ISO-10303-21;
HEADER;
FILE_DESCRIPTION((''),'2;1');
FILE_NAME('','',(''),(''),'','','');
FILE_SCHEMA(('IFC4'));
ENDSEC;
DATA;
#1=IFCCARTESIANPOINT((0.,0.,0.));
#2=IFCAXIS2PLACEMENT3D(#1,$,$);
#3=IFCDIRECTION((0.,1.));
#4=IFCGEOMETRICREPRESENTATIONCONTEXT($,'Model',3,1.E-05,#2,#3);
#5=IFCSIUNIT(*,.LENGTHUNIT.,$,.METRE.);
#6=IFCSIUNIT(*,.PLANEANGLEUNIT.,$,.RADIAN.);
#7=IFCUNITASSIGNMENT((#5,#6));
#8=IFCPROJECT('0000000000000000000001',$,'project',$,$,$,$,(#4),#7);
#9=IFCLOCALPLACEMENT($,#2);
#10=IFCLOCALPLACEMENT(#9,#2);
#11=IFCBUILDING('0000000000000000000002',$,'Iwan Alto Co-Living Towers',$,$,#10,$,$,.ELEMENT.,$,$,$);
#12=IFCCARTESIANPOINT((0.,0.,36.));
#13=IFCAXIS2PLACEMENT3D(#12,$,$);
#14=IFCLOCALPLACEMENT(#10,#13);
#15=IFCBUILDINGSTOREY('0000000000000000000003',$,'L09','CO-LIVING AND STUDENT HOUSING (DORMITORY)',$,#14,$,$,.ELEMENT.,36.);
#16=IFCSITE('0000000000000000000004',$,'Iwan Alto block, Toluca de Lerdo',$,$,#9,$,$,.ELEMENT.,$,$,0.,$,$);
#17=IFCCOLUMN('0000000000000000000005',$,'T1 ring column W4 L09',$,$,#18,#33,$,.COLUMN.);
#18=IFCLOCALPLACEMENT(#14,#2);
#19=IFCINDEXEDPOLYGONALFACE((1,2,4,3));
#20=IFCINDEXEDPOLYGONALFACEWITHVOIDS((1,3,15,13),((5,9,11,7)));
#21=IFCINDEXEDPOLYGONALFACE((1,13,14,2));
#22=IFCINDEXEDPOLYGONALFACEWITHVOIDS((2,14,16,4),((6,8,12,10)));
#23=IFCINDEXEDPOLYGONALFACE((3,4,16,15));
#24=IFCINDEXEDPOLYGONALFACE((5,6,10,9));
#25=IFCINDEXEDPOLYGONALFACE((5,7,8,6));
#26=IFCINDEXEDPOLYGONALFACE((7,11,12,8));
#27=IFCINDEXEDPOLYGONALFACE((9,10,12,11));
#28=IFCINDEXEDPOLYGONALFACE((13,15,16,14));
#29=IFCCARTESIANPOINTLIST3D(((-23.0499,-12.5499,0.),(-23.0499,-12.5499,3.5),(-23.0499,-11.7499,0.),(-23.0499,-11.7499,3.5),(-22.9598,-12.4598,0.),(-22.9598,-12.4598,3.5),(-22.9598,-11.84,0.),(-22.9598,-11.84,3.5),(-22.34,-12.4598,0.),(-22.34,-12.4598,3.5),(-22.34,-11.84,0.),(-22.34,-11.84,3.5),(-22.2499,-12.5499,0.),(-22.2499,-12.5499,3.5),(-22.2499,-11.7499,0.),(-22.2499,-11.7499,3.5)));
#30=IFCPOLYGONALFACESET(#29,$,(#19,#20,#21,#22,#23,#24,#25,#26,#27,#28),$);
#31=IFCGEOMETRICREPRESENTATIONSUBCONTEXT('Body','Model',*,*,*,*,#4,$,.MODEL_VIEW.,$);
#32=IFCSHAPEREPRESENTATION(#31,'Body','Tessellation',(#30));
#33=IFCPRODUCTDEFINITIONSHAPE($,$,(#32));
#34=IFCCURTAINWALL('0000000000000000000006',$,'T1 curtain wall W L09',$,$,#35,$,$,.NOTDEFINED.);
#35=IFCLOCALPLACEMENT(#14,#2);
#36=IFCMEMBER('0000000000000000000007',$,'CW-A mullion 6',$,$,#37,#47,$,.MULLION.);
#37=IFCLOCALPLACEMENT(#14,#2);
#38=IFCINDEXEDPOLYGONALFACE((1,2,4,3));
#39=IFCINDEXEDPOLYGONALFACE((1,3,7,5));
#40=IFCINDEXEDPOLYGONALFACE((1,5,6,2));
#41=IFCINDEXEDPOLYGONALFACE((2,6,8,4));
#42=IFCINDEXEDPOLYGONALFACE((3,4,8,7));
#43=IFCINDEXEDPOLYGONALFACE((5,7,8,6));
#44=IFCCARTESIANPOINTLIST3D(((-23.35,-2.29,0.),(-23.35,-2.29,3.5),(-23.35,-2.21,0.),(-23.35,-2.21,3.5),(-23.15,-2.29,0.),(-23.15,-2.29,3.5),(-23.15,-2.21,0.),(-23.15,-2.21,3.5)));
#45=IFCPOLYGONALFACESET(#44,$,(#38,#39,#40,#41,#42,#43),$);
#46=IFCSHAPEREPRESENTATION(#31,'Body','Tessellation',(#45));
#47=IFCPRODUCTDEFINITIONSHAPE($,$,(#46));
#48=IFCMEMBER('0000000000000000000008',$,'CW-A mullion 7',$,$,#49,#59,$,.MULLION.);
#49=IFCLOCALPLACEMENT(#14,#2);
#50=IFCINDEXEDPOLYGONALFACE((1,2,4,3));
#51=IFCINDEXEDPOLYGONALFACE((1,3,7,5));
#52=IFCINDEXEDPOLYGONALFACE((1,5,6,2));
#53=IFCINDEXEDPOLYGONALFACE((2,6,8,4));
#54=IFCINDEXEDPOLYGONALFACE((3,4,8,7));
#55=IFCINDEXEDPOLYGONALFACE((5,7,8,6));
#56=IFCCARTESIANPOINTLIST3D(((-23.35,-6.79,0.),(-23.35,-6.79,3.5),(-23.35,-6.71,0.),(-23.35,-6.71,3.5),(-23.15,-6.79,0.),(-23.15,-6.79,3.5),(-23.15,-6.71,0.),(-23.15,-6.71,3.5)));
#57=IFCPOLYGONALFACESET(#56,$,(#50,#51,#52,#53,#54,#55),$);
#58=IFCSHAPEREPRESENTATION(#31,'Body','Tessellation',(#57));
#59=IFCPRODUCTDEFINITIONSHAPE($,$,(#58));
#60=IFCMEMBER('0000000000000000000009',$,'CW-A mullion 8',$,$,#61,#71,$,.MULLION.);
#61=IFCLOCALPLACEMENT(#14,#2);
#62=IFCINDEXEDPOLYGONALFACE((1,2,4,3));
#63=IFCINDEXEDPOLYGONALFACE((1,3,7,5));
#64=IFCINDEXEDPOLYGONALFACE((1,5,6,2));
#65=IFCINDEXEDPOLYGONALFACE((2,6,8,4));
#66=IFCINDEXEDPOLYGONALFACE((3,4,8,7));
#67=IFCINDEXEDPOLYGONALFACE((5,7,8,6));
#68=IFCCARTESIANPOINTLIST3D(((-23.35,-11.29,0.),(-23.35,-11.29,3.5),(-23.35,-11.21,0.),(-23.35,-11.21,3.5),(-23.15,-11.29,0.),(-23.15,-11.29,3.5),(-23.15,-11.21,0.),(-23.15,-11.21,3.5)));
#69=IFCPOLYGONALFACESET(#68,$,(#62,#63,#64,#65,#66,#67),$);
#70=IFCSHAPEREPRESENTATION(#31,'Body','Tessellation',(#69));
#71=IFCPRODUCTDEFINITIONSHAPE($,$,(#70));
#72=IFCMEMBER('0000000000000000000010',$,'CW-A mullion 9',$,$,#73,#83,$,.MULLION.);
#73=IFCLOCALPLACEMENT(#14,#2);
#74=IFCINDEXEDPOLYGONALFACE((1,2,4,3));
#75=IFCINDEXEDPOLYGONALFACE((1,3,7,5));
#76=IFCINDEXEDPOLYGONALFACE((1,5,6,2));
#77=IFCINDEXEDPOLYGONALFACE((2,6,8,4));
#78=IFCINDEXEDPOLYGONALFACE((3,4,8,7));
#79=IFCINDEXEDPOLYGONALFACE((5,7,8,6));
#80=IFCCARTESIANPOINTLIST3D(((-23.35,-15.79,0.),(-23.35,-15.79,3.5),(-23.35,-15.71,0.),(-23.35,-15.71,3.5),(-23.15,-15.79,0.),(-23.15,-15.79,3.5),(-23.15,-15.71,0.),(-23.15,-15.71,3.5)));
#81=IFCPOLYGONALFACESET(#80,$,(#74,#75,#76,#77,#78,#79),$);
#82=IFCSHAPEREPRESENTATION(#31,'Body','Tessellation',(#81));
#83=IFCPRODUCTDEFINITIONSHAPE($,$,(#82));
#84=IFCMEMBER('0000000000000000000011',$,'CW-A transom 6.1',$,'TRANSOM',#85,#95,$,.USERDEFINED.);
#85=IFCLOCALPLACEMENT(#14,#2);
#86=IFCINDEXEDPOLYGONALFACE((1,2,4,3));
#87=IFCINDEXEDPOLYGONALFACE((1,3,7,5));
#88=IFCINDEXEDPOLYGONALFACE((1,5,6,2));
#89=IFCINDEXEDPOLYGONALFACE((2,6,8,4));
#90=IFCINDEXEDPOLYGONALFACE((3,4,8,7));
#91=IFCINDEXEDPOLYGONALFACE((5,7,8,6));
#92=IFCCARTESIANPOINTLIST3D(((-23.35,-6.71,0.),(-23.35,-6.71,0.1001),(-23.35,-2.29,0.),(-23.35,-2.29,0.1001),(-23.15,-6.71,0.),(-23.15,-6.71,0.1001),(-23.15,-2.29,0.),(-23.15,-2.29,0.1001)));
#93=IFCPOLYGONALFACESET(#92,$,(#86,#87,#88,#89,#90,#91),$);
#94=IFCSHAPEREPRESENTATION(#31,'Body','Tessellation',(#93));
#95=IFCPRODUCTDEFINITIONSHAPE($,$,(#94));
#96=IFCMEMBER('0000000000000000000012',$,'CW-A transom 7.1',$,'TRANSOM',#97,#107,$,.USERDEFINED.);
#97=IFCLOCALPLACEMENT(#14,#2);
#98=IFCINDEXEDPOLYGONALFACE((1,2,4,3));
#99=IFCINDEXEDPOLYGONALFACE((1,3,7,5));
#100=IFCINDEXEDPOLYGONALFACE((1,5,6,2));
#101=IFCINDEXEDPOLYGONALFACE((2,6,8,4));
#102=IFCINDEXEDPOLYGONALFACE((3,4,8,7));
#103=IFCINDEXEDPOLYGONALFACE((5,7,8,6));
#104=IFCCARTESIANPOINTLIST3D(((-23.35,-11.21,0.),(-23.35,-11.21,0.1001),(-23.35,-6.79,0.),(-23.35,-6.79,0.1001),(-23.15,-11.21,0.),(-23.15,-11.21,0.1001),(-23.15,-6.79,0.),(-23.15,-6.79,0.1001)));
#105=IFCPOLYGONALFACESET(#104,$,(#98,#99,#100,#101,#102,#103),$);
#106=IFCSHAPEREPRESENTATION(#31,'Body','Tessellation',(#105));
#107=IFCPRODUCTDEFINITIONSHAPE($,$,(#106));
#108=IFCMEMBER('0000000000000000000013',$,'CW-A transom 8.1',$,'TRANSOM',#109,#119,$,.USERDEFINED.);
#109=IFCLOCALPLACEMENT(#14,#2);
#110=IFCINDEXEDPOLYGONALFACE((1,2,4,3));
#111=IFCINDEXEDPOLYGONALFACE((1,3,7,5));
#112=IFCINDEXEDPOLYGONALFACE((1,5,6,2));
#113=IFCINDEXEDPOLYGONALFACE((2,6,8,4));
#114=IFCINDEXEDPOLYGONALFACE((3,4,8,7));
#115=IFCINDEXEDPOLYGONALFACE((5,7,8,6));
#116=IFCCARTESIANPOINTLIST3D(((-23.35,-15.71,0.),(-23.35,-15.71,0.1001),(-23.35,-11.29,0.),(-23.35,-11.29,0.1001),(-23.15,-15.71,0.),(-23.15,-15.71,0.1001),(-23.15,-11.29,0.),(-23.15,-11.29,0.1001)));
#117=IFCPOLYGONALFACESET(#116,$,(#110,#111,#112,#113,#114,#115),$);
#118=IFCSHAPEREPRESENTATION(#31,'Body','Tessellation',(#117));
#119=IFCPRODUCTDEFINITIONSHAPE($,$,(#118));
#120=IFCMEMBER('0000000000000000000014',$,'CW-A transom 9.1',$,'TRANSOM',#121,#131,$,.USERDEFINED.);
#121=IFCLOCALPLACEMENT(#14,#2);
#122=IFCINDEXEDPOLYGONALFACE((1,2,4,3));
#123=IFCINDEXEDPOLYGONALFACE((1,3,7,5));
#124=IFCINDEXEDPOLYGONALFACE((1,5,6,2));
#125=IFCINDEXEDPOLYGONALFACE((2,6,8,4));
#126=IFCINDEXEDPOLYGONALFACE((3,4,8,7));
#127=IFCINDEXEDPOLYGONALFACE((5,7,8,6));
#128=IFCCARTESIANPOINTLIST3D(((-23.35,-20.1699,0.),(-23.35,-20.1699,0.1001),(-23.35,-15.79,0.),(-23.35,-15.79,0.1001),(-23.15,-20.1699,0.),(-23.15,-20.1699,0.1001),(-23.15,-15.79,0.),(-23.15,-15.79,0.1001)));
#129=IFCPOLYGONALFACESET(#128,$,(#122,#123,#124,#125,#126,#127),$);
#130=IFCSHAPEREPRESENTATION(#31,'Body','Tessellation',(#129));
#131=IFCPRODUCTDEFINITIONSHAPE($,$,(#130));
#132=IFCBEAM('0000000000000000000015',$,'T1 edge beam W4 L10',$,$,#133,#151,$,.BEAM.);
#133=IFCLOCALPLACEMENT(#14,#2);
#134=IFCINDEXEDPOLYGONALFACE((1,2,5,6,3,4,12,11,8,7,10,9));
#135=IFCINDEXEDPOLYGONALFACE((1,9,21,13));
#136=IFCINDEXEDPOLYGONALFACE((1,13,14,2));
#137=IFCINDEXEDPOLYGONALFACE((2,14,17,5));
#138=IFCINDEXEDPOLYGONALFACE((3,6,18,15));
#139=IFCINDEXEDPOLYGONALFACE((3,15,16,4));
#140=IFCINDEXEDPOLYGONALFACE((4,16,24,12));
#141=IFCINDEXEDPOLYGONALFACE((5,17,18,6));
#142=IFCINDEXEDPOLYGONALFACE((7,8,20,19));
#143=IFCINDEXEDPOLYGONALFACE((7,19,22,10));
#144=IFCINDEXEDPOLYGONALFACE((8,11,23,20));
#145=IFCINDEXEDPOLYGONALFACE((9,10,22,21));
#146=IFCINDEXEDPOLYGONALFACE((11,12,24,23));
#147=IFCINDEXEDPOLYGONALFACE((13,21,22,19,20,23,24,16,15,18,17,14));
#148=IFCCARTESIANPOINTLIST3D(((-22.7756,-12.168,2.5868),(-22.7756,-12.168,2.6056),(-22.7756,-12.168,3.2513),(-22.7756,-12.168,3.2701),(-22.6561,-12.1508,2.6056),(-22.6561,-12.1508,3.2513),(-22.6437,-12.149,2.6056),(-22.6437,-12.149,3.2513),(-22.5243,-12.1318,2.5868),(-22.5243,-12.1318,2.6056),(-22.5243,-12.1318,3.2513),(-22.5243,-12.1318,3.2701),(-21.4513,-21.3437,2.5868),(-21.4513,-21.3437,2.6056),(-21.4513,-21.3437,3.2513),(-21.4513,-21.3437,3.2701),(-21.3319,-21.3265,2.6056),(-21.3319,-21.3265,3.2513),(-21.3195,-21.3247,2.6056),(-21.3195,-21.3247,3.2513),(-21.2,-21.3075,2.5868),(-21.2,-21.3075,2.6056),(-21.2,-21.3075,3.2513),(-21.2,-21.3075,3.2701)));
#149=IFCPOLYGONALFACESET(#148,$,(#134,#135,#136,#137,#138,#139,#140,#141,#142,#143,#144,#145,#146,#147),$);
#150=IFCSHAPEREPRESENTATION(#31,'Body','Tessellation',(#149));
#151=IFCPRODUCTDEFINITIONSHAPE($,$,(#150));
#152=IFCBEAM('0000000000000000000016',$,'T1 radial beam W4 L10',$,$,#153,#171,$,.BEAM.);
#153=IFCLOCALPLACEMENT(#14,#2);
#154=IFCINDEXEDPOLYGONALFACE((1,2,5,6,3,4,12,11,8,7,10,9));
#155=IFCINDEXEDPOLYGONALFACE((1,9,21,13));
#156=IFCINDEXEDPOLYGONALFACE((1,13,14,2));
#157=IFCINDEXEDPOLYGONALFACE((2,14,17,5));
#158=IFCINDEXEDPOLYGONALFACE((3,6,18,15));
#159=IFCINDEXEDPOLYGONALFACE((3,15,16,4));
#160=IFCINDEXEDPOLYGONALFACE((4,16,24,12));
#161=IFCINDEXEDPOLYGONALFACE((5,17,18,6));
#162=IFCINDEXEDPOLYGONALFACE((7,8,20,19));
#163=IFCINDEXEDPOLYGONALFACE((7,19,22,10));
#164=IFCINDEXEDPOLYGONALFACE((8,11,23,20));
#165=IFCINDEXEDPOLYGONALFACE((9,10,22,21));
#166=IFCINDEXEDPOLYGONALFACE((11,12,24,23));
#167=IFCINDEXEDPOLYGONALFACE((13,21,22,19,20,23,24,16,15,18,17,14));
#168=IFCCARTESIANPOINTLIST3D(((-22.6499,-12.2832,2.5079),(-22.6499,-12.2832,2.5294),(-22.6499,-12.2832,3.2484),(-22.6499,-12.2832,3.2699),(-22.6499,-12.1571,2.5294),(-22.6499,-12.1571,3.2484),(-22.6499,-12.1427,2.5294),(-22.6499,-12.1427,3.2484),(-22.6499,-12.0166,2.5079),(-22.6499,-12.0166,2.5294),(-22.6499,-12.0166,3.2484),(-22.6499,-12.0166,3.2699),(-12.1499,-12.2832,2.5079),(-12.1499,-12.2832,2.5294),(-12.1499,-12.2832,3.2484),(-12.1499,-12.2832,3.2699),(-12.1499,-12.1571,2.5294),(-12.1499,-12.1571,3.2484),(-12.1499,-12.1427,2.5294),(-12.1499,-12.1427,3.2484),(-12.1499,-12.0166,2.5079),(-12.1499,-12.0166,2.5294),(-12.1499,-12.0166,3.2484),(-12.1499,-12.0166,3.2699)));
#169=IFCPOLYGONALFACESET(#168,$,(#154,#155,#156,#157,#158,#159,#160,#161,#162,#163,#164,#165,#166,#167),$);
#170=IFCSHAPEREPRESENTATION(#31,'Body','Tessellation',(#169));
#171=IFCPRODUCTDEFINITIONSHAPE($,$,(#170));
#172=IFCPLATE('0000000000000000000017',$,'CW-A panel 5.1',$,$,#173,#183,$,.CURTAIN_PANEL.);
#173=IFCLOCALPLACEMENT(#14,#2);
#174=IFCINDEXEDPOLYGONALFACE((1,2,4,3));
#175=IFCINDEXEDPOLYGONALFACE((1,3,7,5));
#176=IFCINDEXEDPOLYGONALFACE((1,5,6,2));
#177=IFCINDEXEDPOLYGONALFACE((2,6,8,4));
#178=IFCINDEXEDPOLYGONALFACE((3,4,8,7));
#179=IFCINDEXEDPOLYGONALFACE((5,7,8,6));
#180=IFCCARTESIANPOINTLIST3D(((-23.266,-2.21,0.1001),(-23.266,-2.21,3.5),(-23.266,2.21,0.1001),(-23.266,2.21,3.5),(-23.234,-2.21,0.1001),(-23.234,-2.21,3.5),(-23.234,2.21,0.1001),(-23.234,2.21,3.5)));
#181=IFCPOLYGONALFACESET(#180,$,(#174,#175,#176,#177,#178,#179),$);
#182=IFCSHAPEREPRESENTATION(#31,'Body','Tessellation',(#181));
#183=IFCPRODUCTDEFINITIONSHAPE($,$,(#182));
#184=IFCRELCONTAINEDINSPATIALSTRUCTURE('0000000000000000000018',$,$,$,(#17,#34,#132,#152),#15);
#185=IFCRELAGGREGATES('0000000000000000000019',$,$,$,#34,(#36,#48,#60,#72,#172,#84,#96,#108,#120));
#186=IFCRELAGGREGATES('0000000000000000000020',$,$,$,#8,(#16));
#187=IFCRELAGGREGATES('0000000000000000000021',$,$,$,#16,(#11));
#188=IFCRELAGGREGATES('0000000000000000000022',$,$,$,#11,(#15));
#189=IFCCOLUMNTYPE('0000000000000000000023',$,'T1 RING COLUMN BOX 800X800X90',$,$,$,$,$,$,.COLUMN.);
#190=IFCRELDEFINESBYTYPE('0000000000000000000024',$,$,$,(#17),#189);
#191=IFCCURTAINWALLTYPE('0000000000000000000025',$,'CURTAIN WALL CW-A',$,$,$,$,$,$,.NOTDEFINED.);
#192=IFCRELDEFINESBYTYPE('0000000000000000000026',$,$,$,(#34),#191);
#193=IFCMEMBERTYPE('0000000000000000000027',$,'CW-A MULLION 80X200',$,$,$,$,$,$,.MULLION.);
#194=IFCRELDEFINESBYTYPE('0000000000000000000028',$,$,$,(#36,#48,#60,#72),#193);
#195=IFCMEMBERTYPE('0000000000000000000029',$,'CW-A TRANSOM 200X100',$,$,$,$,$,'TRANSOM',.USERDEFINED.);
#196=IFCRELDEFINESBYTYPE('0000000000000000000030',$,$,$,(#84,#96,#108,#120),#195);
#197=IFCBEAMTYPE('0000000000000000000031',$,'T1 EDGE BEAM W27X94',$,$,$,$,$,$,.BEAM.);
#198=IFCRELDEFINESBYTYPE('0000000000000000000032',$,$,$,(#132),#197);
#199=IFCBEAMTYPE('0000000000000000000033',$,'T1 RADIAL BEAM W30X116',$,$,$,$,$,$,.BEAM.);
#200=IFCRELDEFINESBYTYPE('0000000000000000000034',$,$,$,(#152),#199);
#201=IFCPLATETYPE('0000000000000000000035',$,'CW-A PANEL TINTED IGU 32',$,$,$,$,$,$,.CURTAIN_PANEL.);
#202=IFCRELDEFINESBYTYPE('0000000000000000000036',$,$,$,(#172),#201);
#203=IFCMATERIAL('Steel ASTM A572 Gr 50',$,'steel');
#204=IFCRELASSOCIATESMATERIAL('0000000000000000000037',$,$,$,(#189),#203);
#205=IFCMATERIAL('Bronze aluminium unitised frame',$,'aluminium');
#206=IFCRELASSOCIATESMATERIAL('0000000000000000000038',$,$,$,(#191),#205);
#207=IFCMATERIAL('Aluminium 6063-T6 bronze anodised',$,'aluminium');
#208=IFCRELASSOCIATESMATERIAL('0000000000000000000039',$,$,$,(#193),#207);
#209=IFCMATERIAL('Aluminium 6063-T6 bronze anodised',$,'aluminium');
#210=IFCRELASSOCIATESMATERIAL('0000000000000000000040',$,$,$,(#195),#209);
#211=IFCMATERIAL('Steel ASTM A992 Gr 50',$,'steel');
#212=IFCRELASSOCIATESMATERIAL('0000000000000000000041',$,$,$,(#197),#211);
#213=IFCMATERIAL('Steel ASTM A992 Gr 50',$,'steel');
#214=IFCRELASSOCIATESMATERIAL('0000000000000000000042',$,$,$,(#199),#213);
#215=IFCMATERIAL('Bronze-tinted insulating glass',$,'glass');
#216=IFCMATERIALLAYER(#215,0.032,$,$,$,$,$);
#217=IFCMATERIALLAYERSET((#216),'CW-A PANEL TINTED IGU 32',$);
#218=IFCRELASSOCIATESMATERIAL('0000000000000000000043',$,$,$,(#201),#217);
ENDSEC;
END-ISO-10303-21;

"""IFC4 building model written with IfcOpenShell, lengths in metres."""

from ifc_helpers import new_model, si_unit, direction, frame, origin, origin_2d, place, context, subcontext, project, spatial, rectangle, hollow_rectangle, i_section, extrude, material, layer, layer_set, material_profile, profile_set, type_object, element, aggregate, save


model = new_model("IFC4")

# Units and contexts
model_context = context("Model", 3, precision=1e-05, world=origin(), true_north=direction((0.0, 1.0)))
body_context = subcontext(model_context, "Body", "Model", "MODEL_VIEW")
ifc_project = project(units=[si_unit("LENGTHUNIT", "METRE"), si_unit("PLANEANGLEUNIT", "RADIAN")], contexts=[model_context])

# Site, building, storey
site_placement = place(None, origin())
site = spatial("IfcSite", under=ifc_project, at=site_placement, Name="Iwan Alto block, Toluca de Lerdo", CompositionType="ELEMENT", RefElevation=0.0)
building_placement = place(site_placement, origin())
building = spatial("IfcBuilding", under=site, at=building_placement, Name="Iwan Alto Co-Living Towers", CompositionType="ELEMENT")
storey_placement = place(building_placement, frame((0.0, 0.0, 36.0)))
storey = spatial("IfcBuildingStorey", under=building, at=storey_placement, Name="L09", Description="CO-LIVING AND STUDENT HOUSING (DORMITORY)", CompositionType="ELEMENT", Elevation=36.0)

# Column
ifc_material_1 = material(Name="Steel ASTM A572 Gr 50", Category="steel")
ifc_material_profile_1 = material_profile(ifc_material_1, hollow_rectangle(XDim=0.8, YDim=0.8, WallThickness=0.0901, at=origin_2d()), Name="BOX 800X800X90")
ifc_profile_set_1 = profile_set([ifc_material_profile_1], Name="Steel ASTM A572 Gr 50")
column_type = type_object("IfcColumnType", Name="T1 RING COLUMN BOX 800X800X90", PredefinedType="COLUMN", material=ifc_profile_set_1)
column_placement = place(storey_placement, frame((-22.6499, -12.1499, 0.0), z_axis=(0.0, 0.0, 1.0), x_axis=(1.0, 0.0, 0.0)))
element("IfcColumn", 1, at=column_placement, inside=storey, type_object=column_type, Name="T1 ring column W4 L09", PredefinedType="COLUMN", context=body_context, shape_type="SweptSolid", body=[
    extrude(hollow_rectangle(XDim=0.8, YDim=0.8, WallThickness=0.0901, at=origin_2d()), origin(), (0.0, 0.0, 1.0), 3.5),
])

# Curtain wall, members
ifc_material_2 = material(Name="Bronze aluminium unitised frame", Category="aluminium")
curtain_wall_type = type_object("IfcCurtainWallType", Name="CURTAIN WALL CW-A", PredefinedType="NOTDEFINED", material=ifc_material_2)
curtain_wall_placement = place(storey_placement, origin())
curtain_wall = element("IfcCurtainWall", 2, at=curtain_wall_placement, inside=storey, type_object=curtain_wall_type, Name="T1 curtain wall W L09", PredefinedType="NOTDEFINED")
ifc_material_3 = material(Name="Aluminium 6063-T6 bronze anodised", Category="aluminium")
ifc_material_profile_2 = material_profile(ifc_material_3, rectangle(XDim=0.2, YDim=0.0801, at=origin_2d()), Name="AL 80X200")
ifc_profile_set_2 = profile_set([ifc_material_profile_2], Name="Aluminium 6063-T6 bronze anodised")
member_type_1 = type_object("IfcMemberType", Name="CW-A MULLION 80X200", PredefinedType="MULLION", material=ifc_profile_set_2)
member_1_placement = place(storey_placement, frame((-23.25, -2.25, 0.0), z_axis=(0.0, 0.0, 1.0), x_axis=(1.0, 0.0, 0.0)))
member_1 = element("IfcMember", 3, at=member_1_placement, type_object=member_type_1, Name="CW-A mullion 6", PredefinedType="MULLION", context=body_context, shape_type="SweptSolid", body=[
    extrude(rectangle(XDim=0.2, YDim=0.0801, at=origin_2d()), origin(), (0.0, 0.0, 1.0), 3.5),
])
member_2_placement = place(storey_placement, frame((-23.25, -6.75, 0.0), z_axis=(0.0, 0.0, 1.0), x_axis=(1.0, 0.0, 0.0)))
member_2 = element("IfcMember", 4, at=member_2_placement, type_object=member_type_1, Name="CW-A mullion 7", PredefinedType="MULLION", context=body_context, shape_type="SweptSolid", body=[
    extrude(rectangle(XDim=0.2, YDim=0.0801, at=origin_2d()), origin(), (0.0, 0.0, 1.0), 3.5),
])
member_3_placement = place(storey_placement, frame((-23.25, -11.25, 0.0), z_axis=(0.0, 0.0, 1.0), x_axis=(1.0, 0.0, 0.0)))
member_3 = element("IfcMember", 5, at=member_3_placement, type_object=member_type_1, Name="CW-A mullion 8", PredefinedType="MULLION", context=body_context, shape_type="SweptSolid", body=[
    extrude(rectangle(XDim=0.2, YDim=0.0801, at=origin_2d()), origin(), (0.0, 0.0, 1.0), 3.5),
])
member_4_placement = place(storey_placement, frame((-23.25, -15.75, 0.0), z_axis=(0.0, 0.0, 1.0), x_axis=(1.0, 0.0, 0.0)))
member_4 = element("IfcMember", 6, at=member_4_placement, type_object=member_type_1, Name="CW-A mullion 9", PredefinedType="MULLION", context=body_context, shape_type="SweptSolid", body=[
    extrude(rectangle(XDim=0.2, YDim=0.0801, at=origin_2d()), origin(), (0.0, 0.0, 1.0), 3.5),
])
ifc_material_4 = material(Name="Aluminium 6063-T6 bronze anodised", Category="aluminium")
ifc_material_profile_3 = material_profile(ifc_material_4, rectangle(XDim=0.2, YDim=0.1001, at=origin_2d()), Name="AL 200X100")
ifc_profile_set_3 = profile_set([ifc_material_profile_3], Name="Aluminium 6063-T6 bronze anodised")
member_type_2 = type_object("IfcMemberType", Name="CW-A TRANSOM 200X100", ElementType="TRANSOM", PredefinedType="USERDEFINED", material=ifc_profile_set_3)
member_5_placement = place(storey_placement, frame((-23.25, -2.29, 0.05), z_axis=(0.0, -1.0, 0.0), x_axis=(1.0, 0.0, 0.0)))
member_5 = element("IfcMember", 7, at=member_5_placement, type_object=member_type_2, Name="CW-A transom 6.1", ObjectType="TRANSOM", PredefinedType="USERDEFINED", context=body_context, shape_type="SweptSolid", body=[
    extrude(rectangle(XDim=0.2, YDim=0.1001, at=origin_2d()), origin(), (0.0, 0.0, 1.0), 4.4199),
])
member_6_placement = place(storey_placement, frame((-23.25, -6.79, 0.05), z_axis=(0.0, -1.0, 0.0), x_axis=(1.0, 0.0, 0.0)))
member_6 = element("IfcMember", 8, at=member_6_placement, type_object=member_type_2, Name="CW-A transom 7.1", ObjectType="TRANSOM", PredefinedType="USERDEFINED", context=body_context, shape_type="SweptSolid", body=[
    extrude(rectangle(XDim=0.2, YDim=0.1001, at=origin_2d()), origin(), (0.0, 0.0, 1.0), 4.4199),
])
member_7_placement = place(storey_placement, frame((-23.25, -11.29, 0.05), z_axis=(0.0, -1.0, 0.0), x_axis=(1.0, 0.0, 0.0)))
member_7 = element("IfcMember", 9, at=member_7_placement, type_object=member_type_2, Name="CW-A transom 8.1", ObjectType="TRANSOM", PredefinedType="USERDEFINED", context=body_context, shape_type="SweptSolid", body=[
    extrude(rectangle(XDim=0.2, YDim=0.1001, at=origin_2d()), origin(), (0.0, 0.0, 1.0), 4.4199),
])
member_8_placement = place(storey_placement, frame((-23.25, -15.79, 0.05), z_axis=(0.0, -1.0, 0.0), x_axis=(1.0, 0.0, 0.0)))
member_8 = element("IfcMember", 10, at=member_8_placement, type_object=member_type_2, Name="CW-A transom 9.1", ObjectType="TRANSOM", PredefinedType="USERDEFINED", context=body_context, shape_type="SweptSolid", body=[
    extrude(rectangle(XDim=0.2, YDim=0.1001, at=origin_2d()), origin(), (0.0, 0.0, 1.0), 4.3799),
])

# Beams
ifc_material_5 = material(Name="Steel ASTM A992 Gr 50", Category="steel")
ifc_material_profile_4 = material_profile(ifc_material_5, i_section(OverallWidth=0.2539, OverallDepth=0.6833, WebThickness=0.0125, FlangeThickness=0.0188, at=origin_2d()), Name="W27X94")
ifc_profile_set_4 = profile_set([ifc_material_profile_4], Name="Steel ASTM A992 Gr 50")
beam_type_1 = type_object("IfcBeamType", Name="T1 EDGE BEAM W27X94", PredefinedType="BEAM", material=ifc_profile_set_4)
beam_1_placement = place(storey_placement, frame((-22.6499, -12.1499, 2.9285), z_axis=(0.142837, -0.989746, 0.0), x_axis=(0.989746, 0.142837, 0.0)))
element("IfcBeam", 11, at=beam_1_placement, inside=storey, type_object=beam_type_1, Name="T1 edge beam W4 L10", PredefinedType="BEAM", context=body_context, shape_type="SweptSolid", body=[
    extrude(i_section(OverallWidth=0.2539, OverallDepth=0.6833, WebThickness=0.0125, FlangeThickness=0.0188, at=origin_2d()), origin(), (0.0, 0.0, 1.0), 9.2708),
])
ifc_material_6 = material(Name="Steel ASTM A992 Gr 50", Category="steel")
ifc_material_profile_5 = material_profile(ifc_material_6, i_section(OverallWidth=0.2666, OverallDepth=0.762, WebThickness=0.0144, FlangeThickness=0.0215, at=origin_2d()), Name="W30X116")
ifc_profile_set_5 = profile_set([ifc_material_profile_5], Name="Steel ASTM A992 Gr 50")
beam_type_2 = type_object("IfcBeamType", Name="T1 RADIAL BEAM W30X116", PredefinedType="BEAM", material=ifc_profile_set_5)
beam_2_placement = place(storey_placement, frame((-22.6499, -12.1499, 2.8889), z_axis=(1.0, 0.0, 0.0), x_axis=(0.0, 1.0, 0.0)))
element("IfcBeam", 12, at=beam_2_placement, inside=storey, type_object=beam_type_2, Name="T1 radial beam W4 L10", PredefinedType="BEAM", context=body_context, shape_type="SweptSolid", body=[
    extrude(i_section(OverallWidth=0.2666, OverallDepth=0.762, WebThickness=0.0144, FlangeThickness=0.0215, at=origin_2d()), origin(), (0.0, 0.0, 1.0), 10.5),
])

# Plate
ifc_material_7 = material(Name="Bronze-tinted insulating glass", Category="glass")
ifc_layer_1 = layer(ifc_material_7, 0.032)
ifc_layer_set_1 = layer_set([ifc_layer_1], Name="CW-A PANEL TINTED IGU 32")
plate_type = type_object("IfcPlateType", Name="CW-A PANEL TINTED IGU 32", PredefinedType="CURTAIN_PANEL", material=ifc_layer_set_1)
plate_1_placement = place(storey_placement, frame((-23.25, 0.0, 0.1001), z_axis=(0.0, 0.0, 1.0), x_axis=(0.0, -1.0, 0.0)))
plate_1 = element("IfcPlate", 13, at=plate_1_placement, type_object=plate_type, Name="CW-A panel 5.1", PredefinedType="CURTAIN_PANEL", context=body_context, shape_type="SweptSolid", body=[
    extrude(rectangle(XDim=4.4199, YDim=0.032, at=origin_2d()), origin(), (0.0, 0.0, 1.0), 3.3999),
])
aggregate(curtain_wall, [member_1, member_2, member_3, member_4, plate_1, member_5, member_6, member_7, member_8])

save(model, "model.ifc")
